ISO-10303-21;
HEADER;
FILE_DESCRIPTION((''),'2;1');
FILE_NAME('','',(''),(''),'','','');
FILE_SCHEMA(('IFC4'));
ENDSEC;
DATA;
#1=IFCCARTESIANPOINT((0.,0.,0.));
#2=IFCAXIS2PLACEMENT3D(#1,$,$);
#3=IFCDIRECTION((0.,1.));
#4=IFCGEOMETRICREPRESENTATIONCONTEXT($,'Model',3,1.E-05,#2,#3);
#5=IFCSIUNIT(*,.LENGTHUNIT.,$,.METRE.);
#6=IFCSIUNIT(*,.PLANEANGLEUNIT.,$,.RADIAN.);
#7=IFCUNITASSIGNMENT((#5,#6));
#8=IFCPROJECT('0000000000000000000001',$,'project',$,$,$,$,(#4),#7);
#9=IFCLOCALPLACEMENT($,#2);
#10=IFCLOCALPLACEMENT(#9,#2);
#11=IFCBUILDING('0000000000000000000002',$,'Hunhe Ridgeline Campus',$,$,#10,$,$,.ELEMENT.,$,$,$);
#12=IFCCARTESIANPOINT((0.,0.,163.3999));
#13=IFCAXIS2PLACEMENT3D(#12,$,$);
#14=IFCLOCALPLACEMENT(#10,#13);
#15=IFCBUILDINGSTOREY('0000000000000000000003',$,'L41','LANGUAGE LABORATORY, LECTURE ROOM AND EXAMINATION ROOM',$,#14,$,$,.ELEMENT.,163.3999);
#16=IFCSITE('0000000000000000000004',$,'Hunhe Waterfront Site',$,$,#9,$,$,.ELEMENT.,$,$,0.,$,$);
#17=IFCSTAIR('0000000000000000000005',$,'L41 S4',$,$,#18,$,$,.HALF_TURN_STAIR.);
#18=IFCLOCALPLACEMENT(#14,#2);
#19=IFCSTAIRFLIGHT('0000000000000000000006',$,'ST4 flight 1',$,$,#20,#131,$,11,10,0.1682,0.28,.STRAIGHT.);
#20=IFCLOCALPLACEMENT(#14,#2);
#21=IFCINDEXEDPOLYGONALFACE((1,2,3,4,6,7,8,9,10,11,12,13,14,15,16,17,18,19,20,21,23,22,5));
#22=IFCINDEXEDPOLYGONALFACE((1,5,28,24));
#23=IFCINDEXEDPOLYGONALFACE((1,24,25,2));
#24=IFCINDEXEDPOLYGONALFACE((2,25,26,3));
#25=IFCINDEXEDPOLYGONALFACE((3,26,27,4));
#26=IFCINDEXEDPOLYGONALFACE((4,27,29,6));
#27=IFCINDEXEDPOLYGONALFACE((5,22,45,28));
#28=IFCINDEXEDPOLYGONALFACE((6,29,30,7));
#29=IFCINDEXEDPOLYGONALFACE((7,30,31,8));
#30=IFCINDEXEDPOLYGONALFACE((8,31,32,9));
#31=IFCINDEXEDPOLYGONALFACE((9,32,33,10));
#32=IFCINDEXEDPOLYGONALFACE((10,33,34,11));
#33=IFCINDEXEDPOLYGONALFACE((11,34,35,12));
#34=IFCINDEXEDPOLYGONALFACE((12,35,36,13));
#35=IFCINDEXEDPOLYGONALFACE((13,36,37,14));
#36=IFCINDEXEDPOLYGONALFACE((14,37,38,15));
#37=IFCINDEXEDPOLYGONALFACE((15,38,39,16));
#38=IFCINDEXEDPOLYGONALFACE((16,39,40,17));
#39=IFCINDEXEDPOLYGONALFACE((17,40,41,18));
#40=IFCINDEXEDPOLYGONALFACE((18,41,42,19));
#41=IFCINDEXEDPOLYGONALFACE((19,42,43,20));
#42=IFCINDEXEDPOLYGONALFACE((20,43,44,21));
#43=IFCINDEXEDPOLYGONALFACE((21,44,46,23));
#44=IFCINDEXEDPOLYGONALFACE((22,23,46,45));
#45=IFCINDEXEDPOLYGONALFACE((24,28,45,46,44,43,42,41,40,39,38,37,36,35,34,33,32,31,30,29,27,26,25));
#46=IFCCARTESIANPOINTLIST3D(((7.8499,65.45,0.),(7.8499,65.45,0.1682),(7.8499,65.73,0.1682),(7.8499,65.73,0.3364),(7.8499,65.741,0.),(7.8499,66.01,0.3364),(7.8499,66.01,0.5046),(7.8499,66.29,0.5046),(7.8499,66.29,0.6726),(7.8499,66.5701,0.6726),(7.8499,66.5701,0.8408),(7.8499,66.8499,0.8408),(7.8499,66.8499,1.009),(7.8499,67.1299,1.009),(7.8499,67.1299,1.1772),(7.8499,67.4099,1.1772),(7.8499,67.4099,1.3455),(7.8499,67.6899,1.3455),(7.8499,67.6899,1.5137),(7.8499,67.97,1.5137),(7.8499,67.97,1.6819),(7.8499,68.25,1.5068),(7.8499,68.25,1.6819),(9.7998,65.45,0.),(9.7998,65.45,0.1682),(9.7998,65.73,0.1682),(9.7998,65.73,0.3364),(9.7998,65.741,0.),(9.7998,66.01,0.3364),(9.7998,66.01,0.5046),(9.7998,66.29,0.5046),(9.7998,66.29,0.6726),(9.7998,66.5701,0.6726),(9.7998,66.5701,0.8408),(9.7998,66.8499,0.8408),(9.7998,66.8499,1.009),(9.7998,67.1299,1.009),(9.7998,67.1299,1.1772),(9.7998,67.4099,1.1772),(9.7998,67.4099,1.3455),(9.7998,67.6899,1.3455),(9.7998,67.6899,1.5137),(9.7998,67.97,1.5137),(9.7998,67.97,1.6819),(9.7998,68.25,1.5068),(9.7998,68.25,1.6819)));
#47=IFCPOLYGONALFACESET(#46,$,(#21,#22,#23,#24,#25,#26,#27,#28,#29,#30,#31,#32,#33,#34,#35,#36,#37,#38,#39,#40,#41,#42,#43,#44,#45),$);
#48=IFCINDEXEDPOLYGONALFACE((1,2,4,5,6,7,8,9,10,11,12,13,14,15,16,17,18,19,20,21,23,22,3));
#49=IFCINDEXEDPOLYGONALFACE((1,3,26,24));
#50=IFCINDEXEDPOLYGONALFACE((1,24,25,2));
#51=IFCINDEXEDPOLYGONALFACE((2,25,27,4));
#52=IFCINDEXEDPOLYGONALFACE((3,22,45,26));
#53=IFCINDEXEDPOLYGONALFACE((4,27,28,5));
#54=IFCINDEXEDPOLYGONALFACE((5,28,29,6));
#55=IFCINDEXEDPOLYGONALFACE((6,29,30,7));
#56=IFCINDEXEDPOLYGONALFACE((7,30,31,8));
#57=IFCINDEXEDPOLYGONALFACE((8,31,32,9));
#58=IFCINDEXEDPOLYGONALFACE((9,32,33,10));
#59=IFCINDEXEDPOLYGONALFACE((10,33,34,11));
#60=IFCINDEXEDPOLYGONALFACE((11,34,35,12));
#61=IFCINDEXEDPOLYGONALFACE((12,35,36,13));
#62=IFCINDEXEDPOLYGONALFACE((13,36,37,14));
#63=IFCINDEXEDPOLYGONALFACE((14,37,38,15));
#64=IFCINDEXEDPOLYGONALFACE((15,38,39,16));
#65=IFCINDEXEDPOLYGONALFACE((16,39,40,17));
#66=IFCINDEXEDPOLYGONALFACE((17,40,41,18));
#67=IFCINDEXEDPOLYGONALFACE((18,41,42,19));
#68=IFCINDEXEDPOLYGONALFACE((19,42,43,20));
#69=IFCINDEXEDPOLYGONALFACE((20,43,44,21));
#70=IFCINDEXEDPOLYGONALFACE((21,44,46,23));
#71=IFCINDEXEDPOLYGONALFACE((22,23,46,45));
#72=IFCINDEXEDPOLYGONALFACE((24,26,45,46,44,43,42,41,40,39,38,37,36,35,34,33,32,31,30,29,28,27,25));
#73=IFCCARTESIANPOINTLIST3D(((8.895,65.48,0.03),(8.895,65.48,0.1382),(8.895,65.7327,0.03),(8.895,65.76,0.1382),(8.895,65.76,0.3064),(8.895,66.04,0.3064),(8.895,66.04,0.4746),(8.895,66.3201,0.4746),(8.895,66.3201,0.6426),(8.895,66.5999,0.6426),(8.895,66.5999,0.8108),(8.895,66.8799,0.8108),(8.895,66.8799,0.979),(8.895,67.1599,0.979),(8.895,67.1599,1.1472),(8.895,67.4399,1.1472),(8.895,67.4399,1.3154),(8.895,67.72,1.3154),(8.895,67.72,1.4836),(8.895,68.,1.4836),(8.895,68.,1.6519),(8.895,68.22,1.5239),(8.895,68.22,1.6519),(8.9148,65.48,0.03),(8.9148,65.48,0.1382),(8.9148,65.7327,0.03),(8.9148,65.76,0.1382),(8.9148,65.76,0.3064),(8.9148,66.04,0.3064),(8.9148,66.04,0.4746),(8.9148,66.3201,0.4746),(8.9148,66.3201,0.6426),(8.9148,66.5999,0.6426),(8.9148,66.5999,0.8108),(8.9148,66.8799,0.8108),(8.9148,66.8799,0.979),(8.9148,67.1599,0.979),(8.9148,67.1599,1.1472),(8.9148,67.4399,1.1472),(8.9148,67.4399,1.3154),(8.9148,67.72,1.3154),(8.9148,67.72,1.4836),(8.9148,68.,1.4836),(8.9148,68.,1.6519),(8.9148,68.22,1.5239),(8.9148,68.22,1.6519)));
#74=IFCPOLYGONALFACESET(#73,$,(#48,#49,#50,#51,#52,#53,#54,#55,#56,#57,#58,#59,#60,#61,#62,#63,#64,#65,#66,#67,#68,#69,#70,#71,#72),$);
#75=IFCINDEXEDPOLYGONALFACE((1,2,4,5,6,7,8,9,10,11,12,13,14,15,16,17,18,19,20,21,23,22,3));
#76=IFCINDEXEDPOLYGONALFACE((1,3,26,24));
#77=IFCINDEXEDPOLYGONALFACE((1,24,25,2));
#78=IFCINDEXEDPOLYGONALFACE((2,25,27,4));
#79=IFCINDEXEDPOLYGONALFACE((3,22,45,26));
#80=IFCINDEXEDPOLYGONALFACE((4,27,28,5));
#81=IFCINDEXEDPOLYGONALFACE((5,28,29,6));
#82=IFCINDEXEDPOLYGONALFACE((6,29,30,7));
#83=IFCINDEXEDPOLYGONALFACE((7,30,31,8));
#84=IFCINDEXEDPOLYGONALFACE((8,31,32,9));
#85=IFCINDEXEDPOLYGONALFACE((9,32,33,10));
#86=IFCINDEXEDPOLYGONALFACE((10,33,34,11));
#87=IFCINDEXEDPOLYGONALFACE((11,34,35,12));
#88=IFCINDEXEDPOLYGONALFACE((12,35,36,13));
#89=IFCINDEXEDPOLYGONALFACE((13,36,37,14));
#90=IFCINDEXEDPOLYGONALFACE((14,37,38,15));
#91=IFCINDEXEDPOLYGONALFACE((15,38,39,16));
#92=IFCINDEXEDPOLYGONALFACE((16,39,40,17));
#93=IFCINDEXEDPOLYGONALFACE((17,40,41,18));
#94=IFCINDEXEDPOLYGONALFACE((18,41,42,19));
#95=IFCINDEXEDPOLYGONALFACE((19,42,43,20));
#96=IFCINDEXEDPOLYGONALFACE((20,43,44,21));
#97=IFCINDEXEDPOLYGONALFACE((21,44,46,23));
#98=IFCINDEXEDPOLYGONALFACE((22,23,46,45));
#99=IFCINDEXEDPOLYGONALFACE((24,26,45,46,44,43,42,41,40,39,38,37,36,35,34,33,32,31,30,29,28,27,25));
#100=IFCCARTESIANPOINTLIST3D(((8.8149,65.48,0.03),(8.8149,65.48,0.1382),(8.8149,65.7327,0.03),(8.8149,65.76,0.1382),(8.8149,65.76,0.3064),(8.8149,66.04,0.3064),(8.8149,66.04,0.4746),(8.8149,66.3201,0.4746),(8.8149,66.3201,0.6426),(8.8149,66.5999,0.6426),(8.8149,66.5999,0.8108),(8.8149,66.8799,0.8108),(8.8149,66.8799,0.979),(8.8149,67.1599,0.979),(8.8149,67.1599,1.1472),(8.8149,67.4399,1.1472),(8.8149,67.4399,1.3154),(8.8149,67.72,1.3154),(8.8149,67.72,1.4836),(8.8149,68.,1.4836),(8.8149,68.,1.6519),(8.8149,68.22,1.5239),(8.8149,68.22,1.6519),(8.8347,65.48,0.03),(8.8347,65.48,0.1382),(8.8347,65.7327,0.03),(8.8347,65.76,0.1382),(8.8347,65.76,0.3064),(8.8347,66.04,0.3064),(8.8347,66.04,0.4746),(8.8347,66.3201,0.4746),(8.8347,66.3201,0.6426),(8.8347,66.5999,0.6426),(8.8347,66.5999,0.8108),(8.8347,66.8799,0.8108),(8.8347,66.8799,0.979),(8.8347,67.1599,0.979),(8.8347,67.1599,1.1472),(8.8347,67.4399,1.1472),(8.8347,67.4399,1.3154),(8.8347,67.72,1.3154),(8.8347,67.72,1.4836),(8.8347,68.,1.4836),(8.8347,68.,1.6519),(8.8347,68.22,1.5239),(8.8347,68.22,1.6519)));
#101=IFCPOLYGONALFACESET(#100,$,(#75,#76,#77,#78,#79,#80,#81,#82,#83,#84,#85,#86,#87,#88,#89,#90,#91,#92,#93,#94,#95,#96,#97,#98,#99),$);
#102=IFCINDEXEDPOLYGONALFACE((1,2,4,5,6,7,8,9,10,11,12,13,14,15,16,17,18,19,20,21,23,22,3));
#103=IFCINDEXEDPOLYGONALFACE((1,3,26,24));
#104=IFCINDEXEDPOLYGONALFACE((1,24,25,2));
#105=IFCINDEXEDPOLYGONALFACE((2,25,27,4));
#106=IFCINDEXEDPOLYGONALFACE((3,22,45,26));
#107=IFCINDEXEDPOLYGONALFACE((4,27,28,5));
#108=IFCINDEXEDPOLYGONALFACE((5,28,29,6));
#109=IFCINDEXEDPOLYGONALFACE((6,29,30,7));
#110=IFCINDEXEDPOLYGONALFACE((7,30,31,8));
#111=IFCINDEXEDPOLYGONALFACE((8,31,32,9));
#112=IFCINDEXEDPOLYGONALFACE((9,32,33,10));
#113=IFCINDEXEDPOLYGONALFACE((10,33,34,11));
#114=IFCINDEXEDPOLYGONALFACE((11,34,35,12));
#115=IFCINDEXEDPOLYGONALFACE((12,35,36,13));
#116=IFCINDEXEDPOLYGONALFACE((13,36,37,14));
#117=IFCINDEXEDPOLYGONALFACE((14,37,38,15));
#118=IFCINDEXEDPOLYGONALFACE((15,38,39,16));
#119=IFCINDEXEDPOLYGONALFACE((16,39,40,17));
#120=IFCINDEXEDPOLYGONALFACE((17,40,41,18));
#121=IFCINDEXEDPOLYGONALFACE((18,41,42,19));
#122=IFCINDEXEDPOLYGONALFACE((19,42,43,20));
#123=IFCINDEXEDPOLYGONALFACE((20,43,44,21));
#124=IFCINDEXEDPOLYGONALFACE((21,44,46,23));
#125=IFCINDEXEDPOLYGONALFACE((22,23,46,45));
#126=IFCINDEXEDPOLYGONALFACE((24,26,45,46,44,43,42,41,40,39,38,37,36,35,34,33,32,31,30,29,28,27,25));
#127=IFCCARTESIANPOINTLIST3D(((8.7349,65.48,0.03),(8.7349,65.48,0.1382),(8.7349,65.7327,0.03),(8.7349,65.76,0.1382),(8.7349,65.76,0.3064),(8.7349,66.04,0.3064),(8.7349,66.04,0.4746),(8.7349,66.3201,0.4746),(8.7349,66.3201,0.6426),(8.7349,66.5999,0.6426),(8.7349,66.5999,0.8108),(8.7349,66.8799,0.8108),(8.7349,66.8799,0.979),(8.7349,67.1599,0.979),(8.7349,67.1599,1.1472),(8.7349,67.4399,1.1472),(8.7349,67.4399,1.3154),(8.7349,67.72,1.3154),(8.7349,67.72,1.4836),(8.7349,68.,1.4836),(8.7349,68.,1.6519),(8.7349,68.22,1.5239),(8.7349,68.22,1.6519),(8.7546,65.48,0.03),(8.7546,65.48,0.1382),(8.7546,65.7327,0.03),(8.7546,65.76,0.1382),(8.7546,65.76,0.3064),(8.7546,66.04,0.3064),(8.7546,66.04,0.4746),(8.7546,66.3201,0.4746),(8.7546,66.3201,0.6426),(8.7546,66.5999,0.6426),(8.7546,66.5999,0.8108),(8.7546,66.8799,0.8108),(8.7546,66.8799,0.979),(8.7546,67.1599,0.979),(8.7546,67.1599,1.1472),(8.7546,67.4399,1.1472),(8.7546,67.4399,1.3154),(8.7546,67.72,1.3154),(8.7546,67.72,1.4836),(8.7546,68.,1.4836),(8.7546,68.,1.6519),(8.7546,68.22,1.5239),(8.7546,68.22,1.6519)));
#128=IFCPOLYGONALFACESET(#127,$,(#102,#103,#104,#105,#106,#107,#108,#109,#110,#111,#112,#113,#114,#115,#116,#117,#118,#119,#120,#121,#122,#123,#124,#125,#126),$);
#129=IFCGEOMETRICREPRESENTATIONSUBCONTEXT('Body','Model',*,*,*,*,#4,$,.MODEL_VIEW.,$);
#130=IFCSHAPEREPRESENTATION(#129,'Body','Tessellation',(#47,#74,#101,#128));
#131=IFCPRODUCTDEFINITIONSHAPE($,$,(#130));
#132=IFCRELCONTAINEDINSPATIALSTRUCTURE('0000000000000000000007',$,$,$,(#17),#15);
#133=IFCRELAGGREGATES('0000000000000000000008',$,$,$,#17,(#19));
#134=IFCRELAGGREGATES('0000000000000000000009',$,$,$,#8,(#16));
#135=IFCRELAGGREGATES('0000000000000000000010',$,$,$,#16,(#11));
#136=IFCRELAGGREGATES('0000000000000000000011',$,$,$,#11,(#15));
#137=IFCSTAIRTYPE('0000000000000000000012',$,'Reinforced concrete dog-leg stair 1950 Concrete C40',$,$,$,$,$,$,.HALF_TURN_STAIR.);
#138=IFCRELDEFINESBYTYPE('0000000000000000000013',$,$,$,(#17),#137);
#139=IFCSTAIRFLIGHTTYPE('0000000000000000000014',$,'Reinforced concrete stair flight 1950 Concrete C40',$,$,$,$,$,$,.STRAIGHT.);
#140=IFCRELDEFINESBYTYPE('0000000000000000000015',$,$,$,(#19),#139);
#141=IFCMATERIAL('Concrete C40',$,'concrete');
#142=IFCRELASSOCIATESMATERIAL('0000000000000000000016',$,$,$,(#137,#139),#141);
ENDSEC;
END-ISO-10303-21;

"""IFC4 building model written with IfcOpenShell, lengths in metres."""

from ifc_helpers import new_model, si_unit, direction, frame, origin, place, context, subcontext, project, spatial, polyline, outline, extrude, material, type_object, element, aggregate, save


model = new_model("IFC4")

# Units and contexts
model_context = context("Model", 3, precision=1e-05, world=origin(), true_north=direction((0.0, 1.0)))
body_context = subcontext(model_context, "Body", "Model", "MODEL_VIEW")
ifc_project = project(units=[si_unit("LENGTHUNIT", "METRE"), si_unit("PLANEANGLEUNIT", "RADIAN")], contexts=[model_context])

# Site, building, storey
site_placement = place(None, origin())
site = spatial("IfcSite", under=ifc_project, at=site_placement, Name="Hunhe Waterfront Site", CompositionType="ELEMENT", RefElevation=0.0)
building_placement = place(site_placement, origin())
building = spatial("IfcBuilding", under=site, at=building_placement, Name="Hunhe Ridgeline Campus", CompositionType="ELEMENT")
storey_placement = place(building_placement, frame((0.0, 0.0, 163.3999)))
storey = spatial("IfcBuildingStorey", under=building, at=storey_placement, Name="L41", Description="LANGUAGE LABORATORY, LECTURE ROOM AND EXAMINATION ROOM", CompositionType="ELEMENT", Elevation=163.3999)

# Stair, stair flight
ifc_material_1 = material(Name="Concrete C40", Category="concrete")
stair_type = type_object("IfcStairType", Name="Reinforced concrete dog-leg stair 1950 Concrete C40", PredefinedType="HALF_TURN_STAIR", material=ifc_material_1)
stair_flight_type = type_object("IfcStairFlightType", Name="Reinforced concrete stair flight 1950 Concrete C40", PredefinedType="STRAIGHT", material=ifc_material_1)
stair_1_placement = place(storey_placement, origin())
stair_1 = element("IfcStair", 1, at=stair_1_placement, inside=storey, type_object=stair_type, Name="L41 S4", PredefinedType="HALF_TURN_STAIR")
stair_flight_1_placement = place(storey_placement, frame((8.825, 65.45, 0.0), z_axis=(0.0, 0.0, 1.0), x_axis=(0.0, 1.0, 0.0)))
stair_flight_1 = element("IfcStairFlight", 2, at=stair_flight_1_placement, type_object=stair_flight_type, Name="ST4 flight 1", NumberOfRisers=11, NumberOfTreads=10, PredefinedType="STRAIGHT", RiserHeight=0.1682, TreadLength=0.28, context=body_context, shape_type="SweptSolid", body=[
    extrude(outline(polyline([(0.0, 0.0), (0.0, 0.1682), (0.28, 0.1682), (0.28, 0.3364), (0.5601, 0.3364), (0.5601, 0.5046), (0.8401, 0.5046), (0.8401, 0.6726), (1.1201, 0.6726), (1.1201, 0.8408), (1.3999, 0.8408), (1.3999, 1.009), (1.6799, 1.009), (1.6799, 1.1772), (1.96, 1.1772), (1.96, 1.3455), (2.24, 1.3455), (2.24, 1.5137), (2.52, 1.5137), (2.52, 1.6819), (2.8, 1.6819), (2.8, 1.8501), (2.8, 1.5068), (0.291, 0.0), (0.0, 0.0)])), frame((0.0, 0.9751, 0.0), z_axis=(0.0, -1.0, 0.0), x_axis=(1.0, 0.0, 0.0)), (0.0, 0.0, 1.0), 1.95),
    extrude(outline(polyline([(0.03, 0.03), (0.03, 0.1382), (0.3101, 0.1382), (0.3101, 0.3064), (0.5901, 0.3064), (0.5901, 0.4746), (0.8701, 0.4746), (0.8701, 0.6426), (1.1499, 0.6426), (1.1499, 0.8108), (1.4299, 0.8108), (1.4299, 0.979), (1.71, 0.979), (1.71, 1.1472), (1.99, 1.1472), (1.99, 1.3154), (2.27, 1.3154), (2.27, 1.4836), (2.55, 1.4836), (2.55, 1.6519), (2.77, 1.6519), (2.77, 1.5239), (0.2827, 0.03), (0.03, 0.03)])), frame((0.0, -0.0701, 0.0), z_axis=(0.0, -1.0, 0.0), x_axis=(1.0, 0.0, 0.0)), (0.0, 0.0, 1.0), 0.0198),
    extrude(outline(polyline([(0.03, 0.03), (0.03, 0.1382), (0.3101, 0.1382), (0.3101, 0.3064), (0.5901, 0.3064), (0.5901, 0.4746), (0.8701, 0.4746), (0.8701, 0.6426), (1.1499, 0.6426), (1.1499, 0.8108), (1.4299, 0.8108), (1.4299, 0.979), (1.71, 0.979), (1.71, 1.1472), (1.99, 1.1472), (1.99, 1.3154), (2.27, 1.3154), (2.27, 1.4836), (2.55, 1.4836), (2.55, 1.6519), (2.77, 1.6519), (2.77, 1.5239), (0.2827, 0.03), (0.03, 0.03)])), frame((0.0, 0.01, 0.0), z_axis=(0.0, -1.0, 0.0), x_axis=(1.0, 0.0, 0.0)), (0.0, 0.0, 1.0), 0.0198),
    extrude(outline(polyline([(0.03, 0.03), (0.03, 0.1382), (0.3101, 0.1382), (0.3101, 0.3064), (0.5901, 0.3064), (0.5901, 0.4746), (0.8701, 0.4746), (0.8701, 0.6426), (1.1499, 0.6426), (1.1499, 0.8108), (1.4299, 0.8108), (1.4299, 0.979), (1.71, 0.979), (1.71, 1.1472), (1.99, 1.1472), (1.99, 1.3154), (2.27, 1.3154), (2.27, 1.4836), (2.55, 1.4836), (2.55, 1.6519), (2.77, 1.6519), (2.77, 1.5239), (0.2827, 0.03), (0.03, 0.03)])), frame((0.0, 0.0901, 0.0), z_axis=(0.0, -1.0, 0.0), x_axis=(1.0, 0.0, 0.0)), (0.0, 0.0, 1.0), 0.0198),
])
aggregate(stair_1, [stair_flight_1])

save(model, "model.ifc")
